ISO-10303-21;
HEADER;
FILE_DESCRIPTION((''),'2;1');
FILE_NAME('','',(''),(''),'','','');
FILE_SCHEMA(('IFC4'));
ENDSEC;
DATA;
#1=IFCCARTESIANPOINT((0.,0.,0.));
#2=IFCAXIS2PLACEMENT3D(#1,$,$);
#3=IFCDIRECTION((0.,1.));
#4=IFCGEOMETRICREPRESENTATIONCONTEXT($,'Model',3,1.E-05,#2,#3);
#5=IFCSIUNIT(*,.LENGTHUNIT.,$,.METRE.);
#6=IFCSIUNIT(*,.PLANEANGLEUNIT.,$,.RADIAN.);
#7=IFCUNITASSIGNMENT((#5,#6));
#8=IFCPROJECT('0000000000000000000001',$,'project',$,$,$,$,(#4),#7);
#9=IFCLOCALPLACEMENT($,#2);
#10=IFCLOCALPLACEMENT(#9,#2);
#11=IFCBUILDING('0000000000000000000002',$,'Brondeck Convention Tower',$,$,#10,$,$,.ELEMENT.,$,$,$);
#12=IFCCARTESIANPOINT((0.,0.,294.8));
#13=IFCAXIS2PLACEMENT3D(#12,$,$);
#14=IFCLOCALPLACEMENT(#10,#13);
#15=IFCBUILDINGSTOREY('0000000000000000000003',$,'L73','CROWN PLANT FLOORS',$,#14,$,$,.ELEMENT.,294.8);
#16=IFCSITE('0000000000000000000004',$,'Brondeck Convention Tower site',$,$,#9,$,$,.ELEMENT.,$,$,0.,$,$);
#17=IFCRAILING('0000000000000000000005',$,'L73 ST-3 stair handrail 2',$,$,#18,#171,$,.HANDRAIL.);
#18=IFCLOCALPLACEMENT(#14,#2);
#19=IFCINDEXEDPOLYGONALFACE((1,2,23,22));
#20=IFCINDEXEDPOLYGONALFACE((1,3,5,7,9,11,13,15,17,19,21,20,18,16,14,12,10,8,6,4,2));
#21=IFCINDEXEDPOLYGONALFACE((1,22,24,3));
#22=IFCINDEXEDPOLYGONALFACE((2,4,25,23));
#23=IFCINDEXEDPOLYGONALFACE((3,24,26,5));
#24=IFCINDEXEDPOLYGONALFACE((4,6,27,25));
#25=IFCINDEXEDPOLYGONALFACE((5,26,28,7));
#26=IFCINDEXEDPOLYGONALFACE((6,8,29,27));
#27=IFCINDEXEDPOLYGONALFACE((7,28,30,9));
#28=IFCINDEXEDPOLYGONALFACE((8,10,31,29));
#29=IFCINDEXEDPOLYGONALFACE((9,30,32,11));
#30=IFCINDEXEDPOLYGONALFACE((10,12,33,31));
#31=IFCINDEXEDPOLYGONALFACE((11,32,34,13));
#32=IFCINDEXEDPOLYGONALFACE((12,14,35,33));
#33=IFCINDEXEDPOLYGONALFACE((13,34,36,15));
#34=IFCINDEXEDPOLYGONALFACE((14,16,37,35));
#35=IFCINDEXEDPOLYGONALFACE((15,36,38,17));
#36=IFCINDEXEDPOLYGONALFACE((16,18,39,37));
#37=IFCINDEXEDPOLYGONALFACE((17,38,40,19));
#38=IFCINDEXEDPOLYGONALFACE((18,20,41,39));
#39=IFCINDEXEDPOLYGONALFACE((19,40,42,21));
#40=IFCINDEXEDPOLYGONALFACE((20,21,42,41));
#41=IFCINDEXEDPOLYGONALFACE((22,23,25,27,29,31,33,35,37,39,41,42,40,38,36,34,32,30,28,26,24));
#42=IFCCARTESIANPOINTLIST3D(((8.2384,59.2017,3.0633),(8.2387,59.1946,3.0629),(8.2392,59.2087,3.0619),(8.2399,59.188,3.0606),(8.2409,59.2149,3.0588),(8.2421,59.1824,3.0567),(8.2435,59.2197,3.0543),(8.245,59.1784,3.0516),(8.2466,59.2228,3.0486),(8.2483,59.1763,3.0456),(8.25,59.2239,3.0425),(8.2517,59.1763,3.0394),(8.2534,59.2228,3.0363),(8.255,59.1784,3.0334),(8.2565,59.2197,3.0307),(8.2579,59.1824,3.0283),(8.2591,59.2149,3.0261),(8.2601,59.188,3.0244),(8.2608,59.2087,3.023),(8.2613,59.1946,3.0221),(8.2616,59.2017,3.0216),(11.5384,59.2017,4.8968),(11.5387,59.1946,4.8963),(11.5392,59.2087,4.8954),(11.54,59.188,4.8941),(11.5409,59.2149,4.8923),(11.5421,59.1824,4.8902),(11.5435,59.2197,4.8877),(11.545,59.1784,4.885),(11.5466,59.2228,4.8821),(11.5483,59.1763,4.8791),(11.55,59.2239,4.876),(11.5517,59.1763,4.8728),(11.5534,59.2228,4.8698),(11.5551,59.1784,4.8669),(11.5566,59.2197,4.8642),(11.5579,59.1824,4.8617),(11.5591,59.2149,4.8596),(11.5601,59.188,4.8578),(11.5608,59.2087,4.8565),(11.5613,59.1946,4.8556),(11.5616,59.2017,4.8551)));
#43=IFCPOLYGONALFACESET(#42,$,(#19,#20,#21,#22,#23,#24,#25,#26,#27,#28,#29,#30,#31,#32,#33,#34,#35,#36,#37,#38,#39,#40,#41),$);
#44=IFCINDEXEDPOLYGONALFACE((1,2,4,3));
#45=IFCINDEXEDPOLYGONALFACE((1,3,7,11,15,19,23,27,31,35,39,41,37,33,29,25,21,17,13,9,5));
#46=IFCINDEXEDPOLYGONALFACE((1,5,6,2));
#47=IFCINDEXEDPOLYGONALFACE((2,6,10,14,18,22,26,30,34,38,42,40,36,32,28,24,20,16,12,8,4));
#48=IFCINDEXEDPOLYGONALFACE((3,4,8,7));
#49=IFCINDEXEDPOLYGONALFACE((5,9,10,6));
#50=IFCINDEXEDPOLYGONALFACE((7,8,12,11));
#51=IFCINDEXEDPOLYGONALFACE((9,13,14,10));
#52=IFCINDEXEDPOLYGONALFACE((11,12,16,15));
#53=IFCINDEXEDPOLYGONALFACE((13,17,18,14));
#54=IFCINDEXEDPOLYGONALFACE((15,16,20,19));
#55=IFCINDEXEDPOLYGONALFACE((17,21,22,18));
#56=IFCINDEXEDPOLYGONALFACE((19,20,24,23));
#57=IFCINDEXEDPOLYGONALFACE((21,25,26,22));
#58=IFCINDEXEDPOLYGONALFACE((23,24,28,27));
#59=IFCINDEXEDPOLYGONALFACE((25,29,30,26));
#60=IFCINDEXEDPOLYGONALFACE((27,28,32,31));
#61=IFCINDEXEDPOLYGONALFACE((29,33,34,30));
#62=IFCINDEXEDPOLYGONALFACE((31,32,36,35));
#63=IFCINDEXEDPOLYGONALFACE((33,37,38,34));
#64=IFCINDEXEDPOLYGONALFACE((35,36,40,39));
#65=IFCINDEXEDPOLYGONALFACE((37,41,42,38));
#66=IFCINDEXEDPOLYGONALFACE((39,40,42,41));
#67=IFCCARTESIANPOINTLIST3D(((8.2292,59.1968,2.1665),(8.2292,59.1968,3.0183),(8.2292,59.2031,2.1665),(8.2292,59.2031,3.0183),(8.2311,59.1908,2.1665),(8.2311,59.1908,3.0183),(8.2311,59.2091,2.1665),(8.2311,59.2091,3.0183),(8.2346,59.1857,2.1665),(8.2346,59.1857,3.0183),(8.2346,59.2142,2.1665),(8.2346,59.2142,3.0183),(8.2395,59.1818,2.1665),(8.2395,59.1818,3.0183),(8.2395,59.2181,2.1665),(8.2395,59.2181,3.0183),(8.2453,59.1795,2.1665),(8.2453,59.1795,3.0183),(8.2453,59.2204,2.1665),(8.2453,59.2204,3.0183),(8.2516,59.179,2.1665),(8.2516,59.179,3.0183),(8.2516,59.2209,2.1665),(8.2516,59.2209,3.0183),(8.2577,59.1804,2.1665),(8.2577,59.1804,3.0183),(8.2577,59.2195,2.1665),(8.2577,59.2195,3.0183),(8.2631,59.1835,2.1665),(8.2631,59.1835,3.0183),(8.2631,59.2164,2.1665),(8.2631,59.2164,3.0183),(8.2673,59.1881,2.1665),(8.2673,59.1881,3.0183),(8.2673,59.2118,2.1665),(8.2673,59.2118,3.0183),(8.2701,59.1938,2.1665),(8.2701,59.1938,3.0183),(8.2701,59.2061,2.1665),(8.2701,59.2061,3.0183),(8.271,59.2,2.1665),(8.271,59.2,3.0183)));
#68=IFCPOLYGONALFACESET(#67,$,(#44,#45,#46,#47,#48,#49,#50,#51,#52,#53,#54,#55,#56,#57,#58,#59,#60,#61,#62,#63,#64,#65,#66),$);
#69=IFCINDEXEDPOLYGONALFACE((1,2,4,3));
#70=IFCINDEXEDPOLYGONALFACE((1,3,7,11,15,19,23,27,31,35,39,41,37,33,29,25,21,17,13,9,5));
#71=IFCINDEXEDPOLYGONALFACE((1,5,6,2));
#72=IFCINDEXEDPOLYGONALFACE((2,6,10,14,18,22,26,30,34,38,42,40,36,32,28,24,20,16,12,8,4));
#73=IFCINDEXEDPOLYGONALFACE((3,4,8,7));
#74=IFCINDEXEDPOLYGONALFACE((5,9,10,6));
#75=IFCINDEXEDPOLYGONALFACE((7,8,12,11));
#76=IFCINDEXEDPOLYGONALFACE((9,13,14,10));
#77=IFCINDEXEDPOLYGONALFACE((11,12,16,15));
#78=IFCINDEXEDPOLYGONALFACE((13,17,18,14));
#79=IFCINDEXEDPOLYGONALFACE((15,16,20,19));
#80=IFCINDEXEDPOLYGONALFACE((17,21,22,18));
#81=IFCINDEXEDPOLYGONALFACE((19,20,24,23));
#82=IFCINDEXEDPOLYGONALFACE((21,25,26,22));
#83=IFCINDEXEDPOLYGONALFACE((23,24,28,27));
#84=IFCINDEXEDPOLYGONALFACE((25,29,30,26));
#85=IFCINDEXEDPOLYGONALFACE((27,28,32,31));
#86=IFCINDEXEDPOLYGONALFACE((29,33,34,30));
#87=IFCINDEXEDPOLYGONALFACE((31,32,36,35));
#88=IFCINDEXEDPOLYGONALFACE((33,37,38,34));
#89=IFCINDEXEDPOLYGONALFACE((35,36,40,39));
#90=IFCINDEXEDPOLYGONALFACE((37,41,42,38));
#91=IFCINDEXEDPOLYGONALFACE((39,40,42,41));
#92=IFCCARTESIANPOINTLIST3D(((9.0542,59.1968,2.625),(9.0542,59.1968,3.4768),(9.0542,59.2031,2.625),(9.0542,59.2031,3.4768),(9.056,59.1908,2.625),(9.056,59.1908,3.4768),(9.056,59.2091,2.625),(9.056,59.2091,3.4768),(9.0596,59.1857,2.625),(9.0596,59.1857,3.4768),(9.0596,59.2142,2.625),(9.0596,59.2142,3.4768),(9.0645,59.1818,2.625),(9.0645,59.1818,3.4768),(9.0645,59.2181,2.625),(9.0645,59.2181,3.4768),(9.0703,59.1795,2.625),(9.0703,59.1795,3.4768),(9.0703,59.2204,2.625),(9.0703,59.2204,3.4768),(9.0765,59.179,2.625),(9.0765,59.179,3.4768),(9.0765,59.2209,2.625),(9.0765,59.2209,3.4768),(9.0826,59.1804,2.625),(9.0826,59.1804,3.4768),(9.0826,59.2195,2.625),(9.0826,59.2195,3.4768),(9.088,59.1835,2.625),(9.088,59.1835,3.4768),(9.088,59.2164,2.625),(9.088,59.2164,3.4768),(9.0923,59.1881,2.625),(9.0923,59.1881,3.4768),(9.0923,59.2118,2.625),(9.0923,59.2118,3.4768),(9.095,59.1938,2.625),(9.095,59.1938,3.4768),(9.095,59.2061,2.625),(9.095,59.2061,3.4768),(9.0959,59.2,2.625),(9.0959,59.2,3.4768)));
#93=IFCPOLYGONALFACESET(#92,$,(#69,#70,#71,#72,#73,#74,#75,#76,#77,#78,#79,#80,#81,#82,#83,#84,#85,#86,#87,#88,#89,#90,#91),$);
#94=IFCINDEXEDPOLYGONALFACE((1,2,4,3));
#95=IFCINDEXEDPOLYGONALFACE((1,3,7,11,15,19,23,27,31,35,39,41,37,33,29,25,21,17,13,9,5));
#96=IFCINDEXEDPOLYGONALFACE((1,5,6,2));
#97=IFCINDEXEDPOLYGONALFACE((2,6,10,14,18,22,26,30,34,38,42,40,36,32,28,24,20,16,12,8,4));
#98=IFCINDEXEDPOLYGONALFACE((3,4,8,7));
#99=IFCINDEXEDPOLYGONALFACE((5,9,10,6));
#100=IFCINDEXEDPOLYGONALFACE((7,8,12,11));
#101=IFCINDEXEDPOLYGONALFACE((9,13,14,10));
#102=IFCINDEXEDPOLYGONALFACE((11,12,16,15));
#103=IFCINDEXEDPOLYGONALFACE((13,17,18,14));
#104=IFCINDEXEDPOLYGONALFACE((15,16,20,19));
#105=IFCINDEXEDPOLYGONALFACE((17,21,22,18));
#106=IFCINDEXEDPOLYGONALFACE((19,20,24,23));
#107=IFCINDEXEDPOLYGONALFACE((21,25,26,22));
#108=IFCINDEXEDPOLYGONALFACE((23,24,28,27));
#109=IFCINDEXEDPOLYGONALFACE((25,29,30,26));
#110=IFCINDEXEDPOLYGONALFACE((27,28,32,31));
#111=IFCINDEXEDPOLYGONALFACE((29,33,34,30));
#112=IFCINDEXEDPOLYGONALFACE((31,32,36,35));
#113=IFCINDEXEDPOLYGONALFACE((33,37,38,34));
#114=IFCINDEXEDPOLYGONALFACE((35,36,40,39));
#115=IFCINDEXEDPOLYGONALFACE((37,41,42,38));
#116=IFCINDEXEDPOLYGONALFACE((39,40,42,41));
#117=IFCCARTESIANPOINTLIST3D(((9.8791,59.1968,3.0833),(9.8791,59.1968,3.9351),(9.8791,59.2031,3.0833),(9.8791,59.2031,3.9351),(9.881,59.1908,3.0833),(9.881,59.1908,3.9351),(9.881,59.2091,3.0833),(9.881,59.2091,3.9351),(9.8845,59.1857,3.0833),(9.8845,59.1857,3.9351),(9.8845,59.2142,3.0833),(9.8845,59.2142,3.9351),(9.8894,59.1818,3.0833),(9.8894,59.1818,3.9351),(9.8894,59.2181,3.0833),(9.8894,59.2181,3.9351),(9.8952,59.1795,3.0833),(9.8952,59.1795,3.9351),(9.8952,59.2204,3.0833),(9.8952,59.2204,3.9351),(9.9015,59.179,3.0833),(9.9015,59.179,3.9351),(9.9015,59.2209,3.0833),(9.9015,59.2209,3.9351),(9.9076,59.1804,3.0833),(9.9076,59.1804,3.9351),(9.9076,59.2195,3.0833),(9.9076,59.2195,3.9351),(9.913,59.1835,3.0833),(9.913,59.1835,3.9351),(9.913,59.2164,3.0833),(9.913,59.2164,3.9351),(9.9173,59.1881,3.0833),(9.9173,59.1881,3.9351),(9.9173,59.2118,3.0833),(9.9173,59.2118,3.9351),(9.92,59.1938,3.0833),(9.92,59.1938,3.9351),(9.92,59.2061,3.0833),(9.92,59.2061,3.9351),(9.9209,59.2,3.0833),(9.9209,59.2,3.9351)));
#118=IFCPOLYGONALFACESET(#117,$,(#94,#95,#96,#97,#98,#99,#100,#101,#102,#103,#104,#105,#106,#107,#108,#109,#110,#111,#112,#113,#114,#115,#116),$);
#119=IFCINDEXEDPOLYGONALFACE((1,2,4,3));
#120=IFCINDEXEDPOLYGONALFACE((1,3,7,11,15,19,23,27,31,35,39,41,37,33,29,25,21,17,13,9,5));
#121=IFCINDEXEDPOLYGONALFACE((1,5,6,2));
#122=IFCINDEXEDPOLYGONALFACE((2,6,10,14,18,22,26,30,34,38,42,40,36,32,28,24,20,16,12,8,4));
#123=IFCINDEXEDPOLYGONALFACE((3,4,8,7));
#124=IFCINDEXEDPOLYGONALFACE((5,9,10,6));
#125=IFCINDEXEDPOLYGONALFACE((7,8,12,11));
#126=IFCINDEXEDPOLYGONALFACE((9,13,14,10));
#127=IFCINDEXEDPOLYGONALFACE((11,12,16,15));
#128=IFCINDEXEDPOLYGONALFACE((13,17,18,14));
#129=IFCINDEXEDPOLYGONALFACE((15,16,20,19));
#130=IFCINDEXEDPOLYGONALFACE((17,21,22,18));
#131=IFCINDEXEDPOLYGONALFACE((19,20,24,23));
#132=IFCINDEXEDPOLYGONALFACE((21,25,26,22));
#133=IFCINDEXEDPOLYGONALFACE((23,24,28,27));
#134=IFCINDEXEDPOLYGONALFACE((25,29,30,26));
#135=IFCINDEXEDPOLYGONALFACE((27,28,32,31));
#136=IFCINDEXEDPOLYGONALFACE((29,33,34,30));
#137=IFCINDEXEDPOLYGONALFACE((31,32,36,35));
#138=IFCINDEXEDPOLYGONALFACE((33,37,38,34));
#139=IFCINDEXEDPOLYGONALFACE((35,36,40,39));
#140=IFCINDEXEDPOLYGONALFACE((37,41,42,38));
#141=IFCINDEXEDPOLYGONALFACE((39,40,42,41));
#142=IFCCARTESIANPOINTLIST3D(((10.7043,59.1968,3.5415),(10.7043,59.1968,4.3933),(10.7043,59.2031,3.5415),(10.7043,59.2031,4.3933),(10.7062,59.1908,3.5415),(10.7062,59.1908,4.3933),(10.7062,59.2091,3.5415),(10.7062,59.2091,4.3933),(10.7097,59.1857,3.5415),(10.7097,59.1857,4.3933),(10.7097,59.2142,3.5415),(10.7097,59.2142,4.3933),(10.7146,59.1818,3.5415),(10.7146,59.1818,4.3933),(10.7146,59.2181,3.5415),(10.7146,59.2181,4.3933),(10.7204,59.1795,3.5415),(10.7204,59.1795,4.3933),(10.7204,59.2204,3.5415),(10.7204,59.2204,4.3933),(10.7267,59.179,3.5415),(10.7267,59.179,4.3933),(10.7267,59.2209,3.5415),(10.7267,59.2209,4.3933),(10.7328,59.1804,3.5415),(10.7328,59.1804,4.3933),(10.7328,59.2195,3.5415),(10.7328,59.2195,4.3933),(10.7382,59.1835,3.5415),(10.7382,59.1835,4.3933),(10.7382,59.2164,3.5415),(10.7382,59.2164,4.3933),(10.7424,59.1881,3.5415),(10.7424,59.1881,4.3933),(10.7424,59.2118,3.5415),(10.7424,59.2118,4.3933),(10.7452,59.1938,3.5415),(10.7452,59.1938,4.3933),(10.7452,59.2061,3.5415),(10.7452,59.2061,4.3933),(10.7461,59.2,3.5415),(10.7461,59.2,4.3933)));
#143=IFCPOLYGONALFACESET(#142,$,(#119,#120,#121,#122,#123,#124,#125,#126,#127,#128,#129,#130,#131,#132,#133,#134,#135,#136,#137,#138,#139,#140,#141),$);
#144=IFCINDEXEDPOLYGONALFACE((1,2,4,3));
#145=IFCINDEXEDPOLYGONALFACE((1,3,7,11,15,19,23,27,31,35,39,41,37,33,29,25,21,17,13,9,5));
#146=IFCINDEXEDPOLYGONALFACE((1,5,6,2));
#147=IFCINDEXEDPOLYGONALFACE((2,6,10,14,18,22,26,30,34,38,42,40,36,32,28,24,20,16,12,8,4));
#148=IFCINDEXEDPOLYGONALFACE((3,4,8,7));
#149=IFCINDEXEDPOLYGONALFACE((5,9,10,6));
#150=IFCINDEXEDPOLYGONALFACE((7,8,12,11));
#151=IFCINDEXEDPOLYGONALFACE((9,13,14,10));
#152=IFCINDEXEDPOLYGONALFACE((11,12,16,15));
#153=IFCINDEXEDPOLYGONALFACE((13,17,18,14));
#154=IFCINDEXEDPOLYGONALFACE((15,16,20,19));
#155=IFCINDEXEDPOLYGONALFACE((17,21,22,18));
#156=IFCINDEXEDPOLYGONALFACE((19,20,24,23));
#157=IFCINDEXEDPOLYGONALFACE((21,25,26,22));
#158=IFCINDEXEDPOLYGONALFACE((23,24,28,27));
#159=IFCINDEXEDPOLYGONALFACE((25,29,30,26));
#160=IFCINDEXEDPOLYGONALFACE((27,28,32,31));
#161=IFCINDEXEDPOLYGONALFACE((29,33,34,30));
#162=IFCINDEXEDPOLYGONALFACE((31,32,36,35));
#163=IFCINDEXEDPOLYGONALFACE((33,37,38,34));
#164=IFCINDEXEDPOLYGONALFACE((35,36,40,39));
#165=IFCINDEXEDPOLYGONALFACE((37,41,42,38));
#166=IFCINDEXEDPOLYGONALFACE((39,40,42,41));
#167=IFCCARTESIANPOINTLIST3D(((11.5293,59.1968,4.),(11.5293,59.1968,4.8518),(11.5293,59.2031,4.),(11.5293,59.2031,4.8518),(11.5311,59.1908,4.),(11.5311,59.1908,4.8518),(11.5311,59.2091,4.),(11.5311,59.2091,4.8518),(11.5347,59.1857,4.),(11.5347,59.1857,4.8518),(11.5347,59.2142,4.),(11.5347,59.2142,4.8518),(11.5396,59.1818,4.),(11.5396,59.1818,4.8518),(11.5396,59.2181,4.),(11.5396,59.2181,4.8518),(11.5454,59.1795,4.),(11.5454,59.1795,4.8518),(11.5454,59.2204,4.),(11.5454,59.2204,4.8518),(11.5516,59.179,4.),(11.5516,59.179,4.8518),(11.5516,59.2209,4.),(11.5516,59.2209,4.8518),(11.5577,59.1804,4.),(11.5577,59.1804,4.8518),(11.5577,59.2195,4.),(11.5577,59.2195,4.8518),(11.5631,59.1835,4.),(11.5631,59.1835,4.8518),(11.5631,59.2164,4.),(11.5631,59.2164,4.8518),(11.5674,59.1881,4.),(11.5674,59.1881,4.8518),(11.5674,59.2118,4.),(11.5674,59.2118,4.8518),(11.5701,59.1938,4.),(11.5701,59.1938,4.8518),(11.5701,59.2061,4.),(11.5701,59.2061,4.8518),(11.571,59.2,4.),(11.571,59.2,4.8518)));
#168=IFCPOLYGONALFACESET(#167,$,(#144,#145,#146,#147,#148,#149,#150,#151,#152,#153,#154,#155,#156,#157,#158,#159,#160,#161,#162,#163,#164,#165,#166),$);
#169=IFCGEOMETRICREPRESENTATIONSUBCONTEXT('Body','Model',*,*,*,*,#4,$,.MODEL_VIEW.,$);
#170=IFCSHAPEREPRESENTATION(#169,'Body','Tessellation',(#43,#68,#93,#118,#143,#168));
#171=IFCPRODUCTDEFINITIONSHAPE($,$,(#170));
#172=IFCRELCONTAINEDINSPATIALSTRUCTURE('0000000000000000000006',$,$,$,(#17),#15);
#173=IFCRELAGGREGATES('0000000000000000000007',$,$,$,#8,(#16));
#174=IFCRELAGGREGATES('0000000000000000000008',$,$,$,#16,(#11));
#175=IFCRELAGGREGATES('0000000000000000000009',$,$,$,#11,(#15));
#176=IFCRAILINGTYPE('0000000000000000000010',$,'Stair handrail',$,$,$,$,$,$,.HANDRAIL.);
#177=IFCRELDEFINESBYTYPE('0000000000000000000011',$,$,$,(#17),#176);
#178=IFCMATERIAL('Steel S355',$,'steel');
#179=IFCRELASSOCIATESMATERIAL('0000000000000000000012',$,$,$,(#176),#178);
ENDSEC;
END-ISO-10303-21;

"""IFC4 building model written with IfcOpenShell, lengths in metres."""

from ifc_helpers import new_model, si_unit, direction, frame, origin, origin_2d, place, context, subcontext, project, spatial, circle, extrude, material, type_object, element, save


model = new_model("IFC4")

# Units and contexts
model_context = context("Model", 3, precision=1e-05, world=origin(), true_north=direction((0.0, 1.0)))
body_context = subcontext(model_context, "Body", "Model", "MODEL_VIEW")
ifc_project = project(units=[si_unit("LENGTHUNIT", "METRE"), si_unit("PLANEANGLEUNIT", "RADIAN")], contexts=[model_context])

# Site, building, storey
site_placement = place(None, origin())
site = spatial("IfcSite", under=ifc_project, at=site_placement, Name="Brondeck Convention Tower site", CompositionType="ELEMENT", RefElevation=0.0)
building_placement = place(site_placement, origin())
building = spatial("IfcBuilding", under=site, at=building_placement, Name="Brondeck Convention Tower", CompositionType="ELEMENT")
storey_placement = place(building_placement, frame((0.0, 0.0, 294.8)))
storey = spatial("IfcBuildingStorey", under=building, at=storey_placement, Name="L73", Description="CROWN PLANT FLOORS", CompositionType="ELEMENT", Elevation=294.8)

# Railing
ifc_material_1 = material(Name="Steel S355", Category="steel")
railing_type_1 = type_object("IfcRailingType", Name="Stair handrail", PredefinedType="HANDRAIL", material=ifc_material_1)
railing_1_placement = place(storey_placement, frame((8.25, 59.2, 2.1665)))
element("IfcRailing", 1, at=railing_1_placement, inside=storey, type_object=railing_type_1, Name="L73 ST-3 stair handrail 2", PredefinedType="HANDRAIL", context=body_context, shape_type="SweptSolid", body=[
    extrude(circle(Radius=0.0239, at=origin_2d()), frame((0.0, 0.0, 0.876), z_axis=(0.874142, 0.0, 0.48567), x_axis=(0.0, 1.0, 0.0)), (0.0, 0.0, 1.0), 3.7751),
    extrude(circle(Radius=0.021, at=origin_2d()), origin(), (0.0, 0.0, 1.0), 0.8518),
    extrude(circle(Radius=0.021, at=origin_2d()), frame((0.825, 0.0, 0.4585)), (0.0, 0.0, 1.0), 0.8518),
    extrude(circle(Radius=0.021, at=origin_2d()), frame((1.6499, 0.0, 0.9167)), (0.0, 0.0, 1.0), 0.8518),
    extrude(circle(Radius=0.021, at=origin_2d()), frame((2.4751, 0.0, 1.375)), (0.0, 0.0, 1.0), 0.8518),
    extrude(circle(Radius=0.021, at=origin_2d()), frame((3.3, 0.0, 1.8335)), (0.0, 0.0, 1.0), 0.8518),
])

save(model, "model.ifc")
